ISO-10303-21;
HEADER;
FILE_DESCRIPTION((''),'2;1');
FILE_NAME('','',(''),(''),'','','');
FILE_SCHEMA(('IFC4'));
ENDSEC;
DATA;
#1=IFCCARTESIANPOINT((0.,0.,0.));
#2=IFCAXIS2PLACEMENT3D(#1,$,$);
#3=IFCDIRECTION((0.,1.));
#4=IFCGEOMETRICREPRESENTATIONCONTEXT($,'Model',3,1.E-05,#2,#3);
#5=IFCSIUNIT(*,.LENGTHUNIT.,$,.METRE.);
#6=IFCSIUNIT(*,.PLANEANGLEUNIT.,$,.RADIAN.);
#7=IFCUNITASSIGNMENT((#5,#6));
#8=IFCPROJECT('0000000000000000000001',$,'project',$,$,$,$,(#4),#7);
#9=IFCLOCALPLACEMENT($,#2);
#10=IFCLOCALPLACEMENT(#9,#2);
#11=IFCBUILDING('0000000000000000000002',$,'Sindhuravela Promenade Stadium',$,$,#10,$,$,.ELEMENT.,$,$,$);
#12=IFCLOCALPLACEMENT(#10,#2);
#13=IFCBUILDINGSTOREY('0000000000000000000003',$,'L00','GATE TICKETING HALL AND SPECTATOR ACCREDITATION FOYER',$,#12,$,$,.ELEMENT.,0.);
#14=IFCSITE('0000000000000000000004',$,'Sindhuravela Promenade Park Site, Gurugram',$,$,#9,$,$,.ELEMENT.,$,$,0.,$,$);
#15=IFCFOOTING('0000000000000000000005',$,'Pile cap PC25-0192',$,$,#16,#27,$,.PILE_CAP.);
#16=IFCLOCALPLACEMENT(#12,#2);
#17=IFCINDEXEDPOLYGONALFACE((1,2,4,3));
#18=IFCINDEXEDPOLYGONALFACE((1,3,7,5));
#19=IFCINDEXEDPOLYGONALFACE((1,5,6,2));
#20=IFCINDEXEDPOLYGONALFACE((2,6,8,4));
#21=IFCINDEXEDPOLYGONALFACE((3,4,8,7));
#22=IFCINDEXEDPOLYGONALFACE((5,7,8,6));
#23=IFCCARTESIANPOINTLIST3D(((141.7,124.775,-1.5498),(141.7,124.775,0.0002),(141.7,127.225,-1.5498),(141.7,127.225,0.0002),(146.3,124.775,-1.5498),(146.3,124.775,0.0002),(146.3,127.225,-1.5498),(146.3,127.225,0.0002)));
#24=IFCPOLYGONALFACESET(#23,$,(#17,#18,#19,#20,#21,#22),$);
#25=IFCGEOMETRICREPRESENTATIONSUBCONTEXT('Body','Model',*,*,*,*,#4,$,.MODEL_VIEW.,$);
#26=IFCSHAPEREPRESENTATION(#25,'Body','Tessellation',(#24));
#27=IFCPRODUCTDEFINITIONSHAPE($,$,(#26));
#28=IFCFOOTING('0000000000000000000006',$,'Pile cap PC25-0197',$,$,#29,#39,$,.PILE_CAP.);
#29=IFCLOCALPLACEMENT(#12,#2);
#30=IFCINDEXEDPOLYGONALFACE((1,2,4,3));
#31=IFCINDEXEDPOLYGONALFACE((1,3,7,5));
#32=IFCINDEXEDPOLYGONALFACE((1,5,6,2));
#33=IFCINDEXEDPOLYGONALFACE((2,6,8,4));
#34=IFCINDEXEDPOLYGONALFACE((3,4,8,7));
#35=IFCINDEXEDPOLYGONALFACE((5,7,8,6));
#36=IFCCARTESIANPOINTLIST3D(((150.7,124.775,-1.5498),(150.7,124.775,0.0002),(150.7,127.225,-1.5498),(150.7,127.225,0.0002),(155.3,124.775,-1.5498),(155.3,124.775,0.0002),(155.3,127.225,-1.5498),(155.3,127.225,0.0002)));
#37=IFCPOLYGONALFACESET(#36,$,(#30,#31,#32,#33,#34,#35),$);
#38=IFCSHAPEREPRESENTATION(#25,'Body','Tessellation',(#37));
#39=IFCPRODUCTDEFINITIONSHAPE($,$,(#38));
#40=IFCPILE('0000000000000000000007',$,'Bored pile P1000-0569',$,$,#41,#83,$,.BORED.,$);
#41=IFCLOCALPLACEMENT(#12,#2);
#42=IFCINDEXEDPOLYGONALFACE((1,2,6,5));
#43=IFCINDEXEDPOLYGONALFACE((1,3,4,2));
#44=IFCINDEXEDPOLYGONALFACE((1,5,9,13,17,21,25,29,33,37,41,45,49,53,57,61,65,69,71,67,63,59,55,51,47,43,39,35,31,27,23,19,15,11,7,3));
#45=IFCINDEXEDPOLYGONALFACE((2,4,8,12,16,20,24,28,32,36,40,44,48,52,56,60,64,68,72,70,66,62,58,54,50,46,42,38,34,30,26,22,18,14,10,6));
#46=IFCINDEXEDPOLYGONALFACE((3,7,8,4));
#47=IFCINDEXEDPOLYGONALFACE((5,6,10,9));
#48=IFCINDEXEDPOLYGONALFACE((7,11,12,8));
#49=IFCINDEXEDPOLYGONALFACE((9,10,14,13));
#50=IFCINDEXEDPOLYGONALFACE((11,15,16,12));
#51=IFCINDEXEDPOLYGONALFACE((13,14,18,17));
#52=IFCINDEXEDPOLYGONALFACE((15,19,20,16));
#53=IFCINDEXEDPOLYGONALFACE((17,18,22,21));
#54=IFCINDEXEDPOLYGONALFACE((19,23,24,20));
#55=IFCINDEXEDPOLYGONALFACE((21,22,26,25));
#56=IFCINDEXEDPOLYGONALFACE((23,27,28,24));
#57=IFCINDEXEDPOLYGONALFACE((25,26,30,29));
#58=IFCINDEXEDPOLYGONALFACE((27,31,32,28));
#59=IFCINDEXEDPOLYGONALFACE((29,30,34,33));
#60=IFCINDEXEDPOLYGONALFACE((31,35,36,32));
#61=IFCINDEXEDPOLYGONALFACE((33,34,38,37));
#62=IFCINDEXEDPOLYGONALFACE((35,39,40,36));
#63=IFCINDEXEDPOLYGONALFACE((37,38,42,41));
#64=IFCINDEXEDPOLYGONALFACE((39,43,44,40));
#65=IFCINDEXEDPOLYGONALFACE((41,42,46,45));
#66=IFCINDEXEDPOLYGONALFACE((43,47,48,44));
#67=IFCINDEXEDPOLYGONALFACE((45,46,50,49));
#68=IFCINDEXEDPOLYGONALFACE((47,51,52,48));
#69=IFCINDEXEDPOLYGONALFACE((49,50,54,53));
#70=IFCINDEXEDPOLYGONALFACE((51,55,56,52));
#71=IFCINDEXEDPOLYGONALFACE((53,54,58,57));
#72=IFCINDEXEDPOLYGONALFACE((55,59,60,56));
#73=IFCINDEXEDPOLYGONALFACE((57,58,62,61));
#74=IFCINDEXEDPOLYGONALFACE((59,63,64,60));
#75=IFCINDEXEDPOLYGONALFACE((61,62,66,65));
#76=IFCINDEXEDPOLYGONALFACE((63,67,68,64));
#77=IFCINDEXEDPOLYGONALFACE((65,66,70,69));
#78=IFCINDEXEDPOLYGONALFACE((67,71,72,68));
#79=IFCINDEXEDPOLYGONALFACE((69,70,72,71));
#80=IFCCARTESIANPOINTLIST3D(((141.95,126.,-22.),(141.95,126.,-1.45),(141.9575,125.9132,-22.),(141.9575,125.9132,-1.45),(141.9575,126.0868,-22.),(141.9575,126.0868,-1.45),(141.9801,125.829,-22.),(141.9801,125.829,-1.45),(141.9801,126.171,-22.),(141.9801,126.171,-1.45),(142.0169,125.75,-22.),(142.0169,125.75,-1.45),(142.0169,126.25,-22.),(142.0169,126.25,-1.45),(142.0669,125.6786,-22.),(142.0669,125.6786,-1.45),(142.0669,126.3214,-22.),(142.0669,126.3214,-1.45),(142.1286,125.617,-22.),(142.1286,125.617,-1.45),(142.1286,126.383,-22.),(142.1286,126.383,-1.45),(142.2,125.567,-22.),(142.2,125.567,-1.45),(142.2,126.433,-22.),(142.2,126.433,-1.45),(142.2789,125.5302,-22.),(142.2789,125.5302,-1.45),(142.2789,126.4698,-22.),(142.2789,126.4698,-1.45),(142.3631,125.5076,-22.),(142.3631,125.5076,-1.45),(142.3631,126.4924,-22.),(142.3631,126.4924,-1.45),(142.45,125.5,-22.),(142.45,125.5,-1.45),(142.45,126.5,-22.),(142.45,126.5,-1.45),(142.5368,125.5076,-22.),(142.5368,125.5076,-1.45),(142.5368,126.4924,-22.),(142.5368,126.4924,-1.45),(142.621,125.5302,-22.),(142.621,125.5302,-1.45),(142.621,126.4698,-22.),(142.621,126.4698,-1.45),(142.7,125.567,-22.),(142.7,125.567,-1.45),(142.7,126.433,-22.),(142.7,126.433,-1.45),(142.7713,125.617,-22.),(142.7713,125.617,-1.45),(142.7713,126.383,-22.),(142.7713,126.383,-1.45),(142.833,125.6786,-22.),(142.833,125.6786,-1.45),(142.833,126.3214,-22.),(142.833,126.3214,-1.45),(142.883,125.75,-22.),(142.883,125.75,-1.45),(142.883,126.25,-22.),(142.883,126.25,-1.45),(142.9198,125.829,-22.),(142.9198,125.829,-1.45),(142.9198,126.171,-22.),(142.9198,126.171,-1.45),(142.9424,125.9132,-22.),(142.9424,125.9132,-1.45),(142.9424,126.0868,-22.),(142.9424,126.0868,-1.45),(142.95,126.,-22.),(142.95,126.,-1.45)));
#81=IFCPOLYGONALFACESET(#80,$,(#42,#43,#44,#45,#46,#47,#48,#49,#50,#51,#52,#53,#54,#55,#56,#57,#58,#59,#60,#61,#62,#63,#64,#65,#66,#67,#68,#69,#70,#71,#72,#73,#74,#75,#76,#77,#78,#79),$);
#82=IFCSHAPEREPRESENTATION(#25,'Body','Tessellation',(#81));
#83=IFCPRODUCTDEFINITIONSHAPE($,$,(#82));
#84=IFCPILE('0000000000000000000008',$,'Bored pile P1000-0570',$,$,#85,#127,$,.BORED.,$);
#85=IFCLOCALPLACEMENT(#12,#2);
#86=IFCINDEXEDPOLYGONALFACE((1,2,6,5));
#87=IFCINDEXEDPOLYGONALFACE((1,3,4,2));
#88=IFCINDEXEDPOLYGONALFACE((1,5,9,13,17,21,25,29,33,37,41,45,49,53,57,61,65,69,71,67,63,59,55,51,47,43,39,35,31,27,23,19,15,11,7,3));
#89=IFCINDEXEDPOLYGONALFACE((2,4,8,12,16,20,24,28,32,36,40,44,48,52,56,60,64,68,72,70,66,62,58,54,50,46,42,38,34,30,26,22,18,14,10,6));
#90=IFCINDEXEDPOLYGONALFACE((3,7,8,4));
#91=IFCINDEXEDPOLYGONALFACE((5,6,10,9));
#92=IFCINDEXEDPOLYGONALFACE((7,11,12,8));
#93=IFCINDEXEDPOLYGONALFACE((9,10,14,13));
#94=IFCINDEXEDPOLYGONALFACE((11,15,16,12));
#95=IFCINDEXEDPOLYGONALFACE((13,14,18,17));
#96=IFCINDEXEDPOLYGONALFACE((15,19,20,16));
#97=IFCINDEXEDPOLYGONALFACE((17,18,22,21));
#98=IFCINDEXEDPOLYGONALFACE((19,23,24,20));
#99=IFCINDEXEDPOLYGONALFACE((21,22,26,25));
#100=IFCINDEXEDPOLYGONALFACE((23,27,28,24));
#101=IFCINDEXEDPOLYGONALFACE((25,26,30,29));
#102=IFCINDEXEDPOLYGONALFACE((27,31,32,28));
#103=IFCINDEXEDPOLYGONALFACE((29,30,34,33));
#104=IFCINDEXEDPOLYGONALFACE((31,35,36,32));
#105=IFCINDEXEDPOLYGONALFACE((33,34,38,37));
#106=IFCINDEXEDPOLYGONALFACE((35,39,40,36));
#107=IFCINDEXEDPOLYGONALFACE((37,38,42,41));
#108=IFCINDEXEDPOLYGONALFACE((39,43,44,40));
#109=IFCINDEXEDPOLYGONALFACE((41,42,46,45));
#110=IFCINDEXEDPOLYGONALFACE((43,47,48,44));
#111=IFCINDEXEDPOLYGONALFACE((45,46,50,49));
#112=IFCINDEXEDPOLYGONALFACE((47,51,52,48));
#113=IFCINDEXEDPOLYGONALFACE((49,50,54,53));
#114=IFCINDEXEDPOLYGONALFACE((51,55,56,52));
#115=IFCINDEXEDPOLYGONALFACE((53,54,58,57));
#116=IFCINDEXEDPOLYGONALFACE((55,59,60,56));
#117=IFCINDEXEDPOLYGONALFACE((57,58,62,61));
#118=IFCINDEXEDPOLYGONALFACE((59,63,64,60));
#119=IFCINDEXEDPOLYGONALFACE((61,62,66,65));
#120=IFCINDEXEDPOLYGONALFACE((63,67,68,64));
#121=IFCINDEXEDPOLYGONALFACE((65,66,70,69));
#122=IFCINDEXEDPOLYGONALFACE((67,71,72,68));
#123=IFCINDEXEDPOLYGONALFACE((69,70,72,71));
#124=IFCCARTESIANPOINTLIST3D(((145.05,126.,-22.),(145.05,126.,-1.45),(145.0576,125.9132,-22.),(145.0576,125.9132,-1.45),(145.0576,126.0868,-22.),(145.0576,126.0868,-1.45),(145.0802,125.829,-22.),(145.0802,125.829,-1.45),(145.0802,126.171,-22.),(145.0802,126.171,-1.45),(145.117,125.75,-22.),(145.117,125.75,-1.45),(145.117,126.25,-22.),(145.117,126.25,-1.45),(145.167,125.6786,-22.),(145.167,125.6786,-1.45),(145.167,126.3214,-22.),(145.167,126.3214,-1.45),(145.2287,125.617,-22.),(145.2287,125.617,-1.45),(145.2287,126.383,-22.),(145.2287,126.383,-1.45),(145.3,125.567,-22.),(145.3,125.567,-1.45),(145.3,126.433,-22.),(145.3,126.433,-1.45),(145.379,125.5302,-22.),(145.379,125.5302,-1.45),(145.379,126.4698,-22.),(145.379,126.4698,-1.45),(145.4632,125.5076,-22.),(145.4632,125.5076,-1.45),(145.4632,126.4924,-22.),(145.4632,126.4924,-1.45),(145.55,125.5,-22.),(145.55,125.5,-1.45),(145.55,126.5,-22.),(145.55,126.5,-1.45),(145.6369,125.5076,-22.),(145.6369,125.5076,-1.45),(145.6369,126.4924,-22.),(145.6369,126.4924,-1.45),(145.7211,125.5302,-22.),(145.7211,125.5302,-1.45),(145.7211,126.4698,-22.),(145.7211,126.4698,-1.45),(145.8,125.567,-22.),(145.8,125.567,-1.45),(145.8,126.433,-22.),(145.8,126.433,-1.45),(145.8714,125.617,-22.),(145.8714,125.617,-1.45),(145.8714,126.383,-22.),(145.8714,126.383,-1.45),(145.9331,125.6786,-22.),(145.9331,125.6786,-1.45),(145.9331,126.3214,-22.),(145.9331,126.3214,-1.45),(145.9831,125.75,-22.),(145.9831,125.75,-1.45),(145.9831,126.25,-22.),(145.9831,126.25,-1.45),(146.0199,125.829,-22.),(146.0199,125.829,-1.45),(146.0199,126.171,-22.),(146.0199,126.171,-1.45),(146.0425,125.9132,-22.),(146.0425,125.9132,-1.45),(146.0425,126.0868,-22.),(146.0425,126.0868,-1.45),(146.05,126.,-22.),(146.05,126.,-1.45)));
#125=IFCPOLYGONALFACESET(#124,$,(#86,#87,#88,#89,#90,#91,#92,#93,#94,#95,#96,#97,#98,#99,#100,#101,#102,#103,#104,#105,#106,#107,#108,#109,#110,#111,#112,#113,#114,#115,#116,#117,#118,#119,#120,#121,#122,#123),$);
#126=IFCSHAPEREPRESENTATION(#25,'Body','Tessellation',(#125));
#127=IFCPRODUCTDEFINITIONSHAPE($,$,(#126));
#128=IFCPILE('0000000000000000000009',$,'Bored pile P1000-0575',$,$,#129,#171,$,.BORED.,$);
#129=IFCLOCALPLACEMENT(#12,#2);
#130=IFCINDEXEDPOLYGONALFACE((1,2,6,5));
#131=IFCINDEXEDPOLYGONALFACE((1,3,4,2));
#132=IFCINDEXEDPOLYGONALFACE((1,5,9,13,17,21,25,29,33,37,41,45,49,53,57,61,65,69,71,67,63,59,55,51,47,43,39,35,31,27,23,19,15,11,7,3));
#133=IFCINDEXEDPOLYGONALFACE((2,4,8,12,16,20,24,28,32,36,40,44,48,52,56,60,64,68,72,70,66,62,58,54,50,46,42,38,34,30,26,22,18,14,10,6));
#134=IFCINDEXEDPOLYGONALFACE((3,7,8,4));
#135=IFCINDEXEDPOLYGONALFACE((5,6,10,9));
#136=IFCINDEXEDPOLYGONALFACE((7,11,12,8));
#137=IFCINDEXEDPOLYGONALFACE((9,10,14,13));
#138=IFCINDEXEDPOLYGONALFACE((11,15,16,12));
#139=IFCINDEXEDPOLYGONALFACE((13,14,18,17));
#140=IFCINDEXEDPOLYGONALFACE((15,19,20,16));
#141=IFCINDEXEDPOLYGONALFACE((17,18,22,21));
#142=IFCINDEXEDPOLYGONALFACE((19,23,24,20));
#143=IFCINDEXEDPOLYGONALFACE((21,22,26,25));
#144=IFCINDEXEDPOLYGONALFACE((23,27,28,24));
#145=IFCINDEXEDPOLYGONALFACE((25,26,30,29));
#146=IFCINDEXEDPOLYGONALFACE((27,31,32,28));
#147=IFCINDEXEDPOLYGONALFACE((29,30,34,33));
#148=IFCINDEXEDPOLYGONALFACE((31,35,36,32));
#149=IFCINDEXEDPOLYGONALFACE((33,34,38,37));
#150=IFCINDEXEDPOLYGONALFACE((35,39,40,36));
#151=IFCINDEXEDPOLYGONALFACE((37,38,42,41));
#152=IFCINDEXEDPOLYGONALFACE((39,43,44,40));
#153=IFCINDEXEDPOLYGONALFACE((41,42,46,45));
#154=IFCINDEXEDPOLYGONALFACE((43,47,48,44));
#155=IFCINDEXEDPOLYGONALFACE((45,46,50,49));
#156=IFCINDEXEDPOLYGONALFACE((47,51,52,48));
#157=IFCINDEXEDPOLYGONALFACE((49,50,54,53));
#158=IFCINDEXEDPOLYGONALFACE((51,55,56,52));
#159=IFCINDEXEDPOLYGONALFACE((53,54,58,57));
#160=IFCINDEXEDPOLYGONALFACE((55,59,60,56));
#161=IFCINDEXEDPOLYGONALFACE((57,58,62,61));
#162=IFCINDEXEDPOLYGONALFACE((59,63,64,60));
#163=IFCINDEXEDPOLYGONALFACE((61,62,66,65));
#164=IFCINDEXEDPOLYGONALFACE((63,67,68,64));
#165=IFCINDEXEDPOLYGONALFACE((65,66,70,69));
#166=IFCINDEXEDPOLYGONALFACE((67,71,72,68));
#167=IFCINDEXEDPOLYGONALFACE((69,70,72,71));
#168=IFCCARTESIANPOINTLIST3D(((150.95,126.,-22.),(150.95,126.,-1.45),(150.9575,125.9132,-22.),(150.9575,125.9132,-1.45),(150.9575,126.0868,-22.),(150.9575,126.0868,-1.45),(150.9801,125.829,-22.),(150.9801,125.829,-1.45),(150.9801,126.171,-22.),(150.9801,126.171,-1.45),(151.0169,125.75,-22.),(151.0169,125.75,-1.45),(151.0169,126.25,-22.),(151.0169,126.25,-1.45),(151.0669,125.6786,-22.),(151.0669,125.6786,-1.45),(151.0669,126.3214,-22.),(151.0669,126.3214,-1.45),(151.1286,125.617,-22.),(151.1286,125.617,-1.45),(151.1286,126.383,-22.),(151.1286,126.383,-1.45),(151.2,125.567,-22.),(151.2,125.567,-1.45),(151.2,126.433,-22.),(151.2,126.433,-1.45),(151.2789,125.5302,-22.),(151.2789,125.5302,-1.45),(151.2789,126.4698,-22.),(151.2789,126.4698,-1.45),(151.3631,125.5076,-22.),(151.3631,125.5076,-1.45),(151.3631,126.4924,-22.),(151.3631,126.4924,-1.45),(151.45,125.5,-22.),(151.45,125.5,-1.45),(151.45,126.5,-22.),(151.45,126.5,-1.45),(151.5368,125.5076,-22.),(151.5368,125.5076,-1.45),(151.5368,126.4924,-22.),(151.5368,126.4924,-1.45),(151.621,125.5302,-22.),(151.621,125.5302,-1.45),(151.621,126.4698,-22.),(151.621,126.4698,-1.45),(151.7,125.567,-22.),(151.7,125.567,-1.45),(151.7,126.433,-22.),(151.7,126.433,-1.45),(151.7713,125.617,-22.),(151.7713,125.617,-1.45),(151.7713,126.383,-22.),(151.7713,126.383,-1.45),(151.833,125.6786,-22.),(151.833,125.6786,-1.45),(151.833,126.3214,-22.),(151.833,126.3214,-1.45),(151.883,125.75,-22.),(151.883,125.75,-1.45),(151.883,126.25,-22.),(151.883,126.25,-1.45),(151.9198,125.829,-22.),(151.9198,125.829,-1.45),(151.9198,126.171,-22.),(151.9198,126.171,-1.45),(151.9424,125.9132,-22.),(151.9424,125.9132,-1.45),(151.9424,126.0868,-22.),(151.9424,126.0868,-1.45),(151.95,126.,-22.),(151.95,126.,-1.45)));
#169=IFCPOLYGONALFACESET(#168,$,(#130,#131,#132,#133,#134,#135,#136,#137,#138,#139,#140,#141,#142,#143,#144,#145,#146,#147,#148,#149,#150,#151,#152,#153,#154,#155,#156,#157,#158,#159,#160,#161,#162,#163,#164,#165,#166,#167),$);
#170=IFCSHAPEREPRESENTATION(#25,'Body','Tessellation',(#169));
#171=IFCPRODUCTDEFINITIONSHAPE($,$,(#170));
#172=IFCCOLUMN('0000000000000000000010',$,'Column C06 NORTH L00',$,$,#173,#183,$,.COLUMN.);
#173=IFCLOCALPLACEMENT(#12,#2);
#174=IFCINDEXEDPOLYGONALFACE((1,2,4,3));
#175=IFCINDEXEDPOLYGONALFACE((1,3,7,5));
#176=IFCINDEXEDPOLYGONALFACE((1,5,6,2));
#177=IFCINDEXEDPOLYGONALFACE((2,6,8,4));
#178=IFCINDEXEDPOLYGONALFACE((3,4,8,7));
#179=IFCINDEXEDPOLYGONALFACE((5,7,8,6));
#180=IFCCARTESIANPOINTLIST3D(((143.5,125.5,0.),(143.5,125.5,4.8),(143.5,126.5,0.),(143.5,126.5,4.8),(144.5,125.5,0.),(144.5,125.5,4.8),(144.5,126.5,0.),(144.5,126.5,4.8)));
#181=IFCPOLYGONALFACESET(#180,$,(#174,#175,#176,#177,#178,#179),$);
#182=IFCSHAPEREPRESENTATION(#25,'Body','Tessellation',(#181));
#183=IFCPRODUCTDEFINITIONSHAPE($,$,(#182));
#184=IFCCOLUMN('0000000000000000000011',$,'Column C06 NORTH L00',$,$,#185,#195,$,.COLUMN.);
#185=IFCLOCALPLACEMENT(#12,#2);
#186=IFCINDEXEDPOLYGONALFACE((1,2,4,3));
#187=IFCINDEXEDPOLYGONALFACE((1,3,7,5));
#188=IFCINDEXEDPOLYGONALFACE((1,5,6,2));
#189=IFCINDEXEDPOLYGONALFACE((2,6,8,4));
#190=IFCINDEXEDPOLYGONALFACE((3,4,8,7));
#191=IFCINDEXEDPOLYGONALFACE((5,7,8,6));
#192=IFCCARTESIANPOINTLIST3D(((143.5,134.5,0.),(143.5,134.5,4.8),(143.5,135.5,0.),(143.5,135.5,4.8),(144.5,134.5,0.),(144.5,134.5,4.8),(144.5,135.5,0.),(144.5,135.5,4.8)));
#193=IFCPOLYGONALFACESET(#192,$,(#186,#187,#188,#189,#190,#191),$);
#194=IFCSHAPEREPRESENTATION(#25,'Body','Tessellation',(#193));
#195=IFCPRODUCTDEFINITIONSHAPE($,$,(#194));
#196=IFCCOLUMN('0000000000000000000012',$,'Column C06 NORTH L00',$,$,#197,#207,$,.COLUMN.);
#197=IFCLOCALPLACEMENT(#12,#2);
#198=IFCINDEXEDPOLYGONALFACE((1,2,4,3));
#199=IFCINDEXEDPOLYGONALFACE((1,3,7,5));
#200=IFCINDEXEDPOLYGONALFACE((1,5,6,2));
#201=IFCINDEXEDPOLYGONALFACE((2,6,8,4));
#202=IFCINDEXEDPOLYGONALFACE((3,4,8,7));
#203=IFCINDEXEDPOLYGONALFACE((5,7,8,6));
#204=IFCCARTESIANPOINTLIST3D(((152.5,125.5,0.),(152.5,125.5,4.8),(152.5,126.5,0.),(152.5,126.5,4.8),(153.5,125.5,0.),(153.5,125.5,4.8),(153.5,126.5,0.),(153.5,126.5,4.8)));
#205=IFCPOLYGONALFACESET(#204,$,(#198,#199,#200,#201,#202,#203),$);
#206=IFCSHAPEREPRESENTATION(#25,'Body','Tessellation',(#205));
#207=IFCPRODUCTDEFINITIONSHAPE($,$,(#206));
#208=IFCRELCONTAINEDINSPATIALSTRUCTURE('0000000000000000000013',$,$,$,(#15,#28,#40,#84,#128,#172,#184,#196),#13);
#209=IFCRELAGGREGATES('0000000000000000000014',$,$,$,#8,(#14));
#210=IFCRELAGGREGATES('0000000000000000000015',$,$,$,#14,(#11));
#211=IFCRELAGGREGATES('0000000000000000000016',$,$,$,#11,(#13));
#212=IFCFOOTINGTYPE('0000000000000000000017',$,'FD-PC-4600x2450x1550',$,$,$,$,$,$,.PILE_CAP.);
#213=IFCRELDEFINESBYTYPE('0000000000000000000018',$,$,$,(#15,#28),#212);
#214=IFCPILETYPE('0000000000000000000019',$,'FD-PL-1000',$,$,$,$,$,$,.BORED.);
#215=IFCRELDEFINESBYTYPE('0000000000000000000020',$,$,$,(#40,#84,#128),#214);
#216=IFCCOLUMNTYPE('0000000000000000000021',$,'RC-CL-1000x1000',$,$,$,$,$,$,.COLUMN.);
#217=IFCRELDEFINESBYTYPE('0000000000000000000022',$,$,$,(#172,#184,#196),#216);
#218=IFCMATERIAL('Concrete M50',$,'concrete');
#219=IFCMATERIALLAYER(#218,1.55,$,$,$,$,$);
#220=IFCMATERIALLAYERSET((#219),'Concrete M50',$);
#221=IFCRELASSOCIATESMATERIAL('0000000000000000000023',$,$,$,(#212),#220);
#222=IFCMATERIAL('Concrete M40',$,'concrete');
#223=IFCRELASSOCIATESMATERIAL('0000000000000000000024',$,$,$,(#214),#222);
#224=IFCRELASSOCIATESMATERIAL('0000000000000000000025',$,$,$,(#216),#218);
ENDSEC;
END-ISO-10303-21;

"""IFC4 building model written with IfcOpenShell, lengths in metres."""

from ifc_helpers import new_model, si_unit, direction, frame, origin, origin_2d, place, context, subcontext, project, spatial, rectangle, circle, extrude, material, layer, layer_set, material_profile, profile_set, type_object, element, save


model = new_model("IFC4")

# Units and contexts
model_context = context("Model", 3, precision=1e-05, world=origin(), true_north=direction((0.0, 1.0)))
body_context = subcontext(model_context, "Body", "Model", "MODEL_VIEW")
ifc_project = project(units=[si_unit("LENGTHUNIT", "METRE"), si_unit("PLANEANGLEUNIT", "RADIAN")], contexts=[model_context])

# Site, building, storey
site_placement = place(None, origin())
site = spatial("IfcSite", under=ifc_project, at=site_placement, Name="Sindhuravela Promenade Park Site, Gurugram", CompositionType="ELEMENT", RefElevation=0.0)
building_placement = place(site_placement, origin())
building = spatial("IfcBuilding", under=site, at=building_placement, Name="Sindhuravela Promenade Stadium", CompositionType="ELEMENT")
storey_placement = place(building_placement, origin())
storey = spatial("IfcBuildingStorey", under=building, at=storey_placement, Name="L00", Description="GATE TICKETING HALL AND SPECTATOR ACCREDITATION FOYER", CompositionType="ELEMENT", Elevation=0.0)

# Footings
ifc_material_1 = material(Name="Concrete M50", Category="concrete")
ifc_layer_1 = layer(ifc_material_1, 1.55)
ifc_layer_set_1 = layer_set([ifc_layer_1], Name="Concrete M50")
footing_type = type_object("IfcFootingType", Name="FD-PC-4600x2450x1550", PredefinedType="PILE_CAP", material=ifc_layer_set_1)
for number, where, z_axis, x_axis, name in (
    (1, (144.0, 126.0, -1.5498), (0.0, 0.0, 1.0), (1.0, 0.0, 0.0), "Pile cap PC25-0192"),
    (2, (153.0, 126.0, -1.5498), (0.0, 0.0, 1.0), (1.0, 0.0, 0.0), "Pile cap PC25-0197"),
):
    element("IfcFooting", number, at=place(storey_placement, frame(where, z_axis=z_axis, x_axis=x_axis)), inside=storey, type_object=footing_type, Name=name, PredefinedType="PILE_CAP", context=body_context, shape_type="SweptSolid", body=[
        extrude(rectangle(XDim=4.6001, YDim=2.45, at=origin_2d()), origin(), (0.0, 0.0, 1.0), 1.55),
    ])

# Piles
ifc_material_2 = material(Name="Concrete M40", Category="concrete")
ifc_material_profile_1 = material_profile(ifc_material_2, circle(Radius=0.5, at=origin_2d()), Name="BORED PILE D1000")
ifc_profile_set_1 = profile_set([ifc_material_profile_1], Name="Concrete M40")
pile_type = type_object("IfcPileType", Name="FD-PL-1000", PredefinedType="BORED", material=ifc_profile_set_1)
for number, where, z_axis, x_axis, name in (
    (3, (142.45, 126.0, -1.45), (0.0, 0.0, -1.0), (1.0, 0.0, 0.0), "Bored pile P1000-0569"),
    (4, (145.55, 126.0, -1.45), (0.0, 0.0, -1.0), (1.0, 0.0, 0.0), "Bored pile P1000-0570"),
    (5, (151.45, 126.0, -1.45), (0.0, 0.0, -1.0), (1.0, 0.0, 0.0), "Bored pile P1000-0575"),
):
    element("IfcPile", number, at=place(storey_placement, frame(where, z_axis=z_axis, x_axis=x_axis)), inside=storey, type_object=pile_type, Name=name, PredefinedType="BORED", context=body_context, shape_type="SweptSolid", body=[
        extrude(circle(Radius=0.5, at=origin_2d()), origin(), (0.0, 0.0, 1.0), 20.55),
    ])

# Columns
ifc_material_profile_2 = material_profile(ifc_material_1, rectangle(XDim=1.0, YDim=1.0, at=origin_2d()), Name="RC 1000x1000")
ifc_profile_set_2 = profile_set([ifc_material_profile_2], Name="Concrete M50")
column_type = type_object("IfcColumnType", Name="RC-CL-1000x1000", PredefinedType="COLUMN", material=ifc_profile_set_2)
for number, where, z_axis, x_axis, name in (
    (6, (144.0, 126.0, 0.0), (0.0, 0.0, 1.0), (1.0, 0.0, 0.0), "Column C06 NORTH L00"),
    (7, (144.0, 135.0, 0.0), (0.0, 0.0, 1.0), (1.0, 0.0, 0.0), "Column C06 NORTH L00"),
    (8, (153.0, 126.0, 0.0), (0.0, 0.0, 1.0), (1.0, 0.0, 0.0), "Column C06 NORTH L00"),
):
    element("IfcColumn", number, at=place(storey_placement, frame(where, z_axis=z_axis, x_axis=x_axis)), inside=storey, type_object=column_type, Name=name, PredefinedType="COLUMN", context=body_context, shape_type="SweptSolid", body=[
        extrude(rectangle(XDim=1.0, YDim=1.0, at=origin_2d()), origin(), (0.0, 0.0, 1.0), 4.8),
    ])

save(model, "model.ifc")
